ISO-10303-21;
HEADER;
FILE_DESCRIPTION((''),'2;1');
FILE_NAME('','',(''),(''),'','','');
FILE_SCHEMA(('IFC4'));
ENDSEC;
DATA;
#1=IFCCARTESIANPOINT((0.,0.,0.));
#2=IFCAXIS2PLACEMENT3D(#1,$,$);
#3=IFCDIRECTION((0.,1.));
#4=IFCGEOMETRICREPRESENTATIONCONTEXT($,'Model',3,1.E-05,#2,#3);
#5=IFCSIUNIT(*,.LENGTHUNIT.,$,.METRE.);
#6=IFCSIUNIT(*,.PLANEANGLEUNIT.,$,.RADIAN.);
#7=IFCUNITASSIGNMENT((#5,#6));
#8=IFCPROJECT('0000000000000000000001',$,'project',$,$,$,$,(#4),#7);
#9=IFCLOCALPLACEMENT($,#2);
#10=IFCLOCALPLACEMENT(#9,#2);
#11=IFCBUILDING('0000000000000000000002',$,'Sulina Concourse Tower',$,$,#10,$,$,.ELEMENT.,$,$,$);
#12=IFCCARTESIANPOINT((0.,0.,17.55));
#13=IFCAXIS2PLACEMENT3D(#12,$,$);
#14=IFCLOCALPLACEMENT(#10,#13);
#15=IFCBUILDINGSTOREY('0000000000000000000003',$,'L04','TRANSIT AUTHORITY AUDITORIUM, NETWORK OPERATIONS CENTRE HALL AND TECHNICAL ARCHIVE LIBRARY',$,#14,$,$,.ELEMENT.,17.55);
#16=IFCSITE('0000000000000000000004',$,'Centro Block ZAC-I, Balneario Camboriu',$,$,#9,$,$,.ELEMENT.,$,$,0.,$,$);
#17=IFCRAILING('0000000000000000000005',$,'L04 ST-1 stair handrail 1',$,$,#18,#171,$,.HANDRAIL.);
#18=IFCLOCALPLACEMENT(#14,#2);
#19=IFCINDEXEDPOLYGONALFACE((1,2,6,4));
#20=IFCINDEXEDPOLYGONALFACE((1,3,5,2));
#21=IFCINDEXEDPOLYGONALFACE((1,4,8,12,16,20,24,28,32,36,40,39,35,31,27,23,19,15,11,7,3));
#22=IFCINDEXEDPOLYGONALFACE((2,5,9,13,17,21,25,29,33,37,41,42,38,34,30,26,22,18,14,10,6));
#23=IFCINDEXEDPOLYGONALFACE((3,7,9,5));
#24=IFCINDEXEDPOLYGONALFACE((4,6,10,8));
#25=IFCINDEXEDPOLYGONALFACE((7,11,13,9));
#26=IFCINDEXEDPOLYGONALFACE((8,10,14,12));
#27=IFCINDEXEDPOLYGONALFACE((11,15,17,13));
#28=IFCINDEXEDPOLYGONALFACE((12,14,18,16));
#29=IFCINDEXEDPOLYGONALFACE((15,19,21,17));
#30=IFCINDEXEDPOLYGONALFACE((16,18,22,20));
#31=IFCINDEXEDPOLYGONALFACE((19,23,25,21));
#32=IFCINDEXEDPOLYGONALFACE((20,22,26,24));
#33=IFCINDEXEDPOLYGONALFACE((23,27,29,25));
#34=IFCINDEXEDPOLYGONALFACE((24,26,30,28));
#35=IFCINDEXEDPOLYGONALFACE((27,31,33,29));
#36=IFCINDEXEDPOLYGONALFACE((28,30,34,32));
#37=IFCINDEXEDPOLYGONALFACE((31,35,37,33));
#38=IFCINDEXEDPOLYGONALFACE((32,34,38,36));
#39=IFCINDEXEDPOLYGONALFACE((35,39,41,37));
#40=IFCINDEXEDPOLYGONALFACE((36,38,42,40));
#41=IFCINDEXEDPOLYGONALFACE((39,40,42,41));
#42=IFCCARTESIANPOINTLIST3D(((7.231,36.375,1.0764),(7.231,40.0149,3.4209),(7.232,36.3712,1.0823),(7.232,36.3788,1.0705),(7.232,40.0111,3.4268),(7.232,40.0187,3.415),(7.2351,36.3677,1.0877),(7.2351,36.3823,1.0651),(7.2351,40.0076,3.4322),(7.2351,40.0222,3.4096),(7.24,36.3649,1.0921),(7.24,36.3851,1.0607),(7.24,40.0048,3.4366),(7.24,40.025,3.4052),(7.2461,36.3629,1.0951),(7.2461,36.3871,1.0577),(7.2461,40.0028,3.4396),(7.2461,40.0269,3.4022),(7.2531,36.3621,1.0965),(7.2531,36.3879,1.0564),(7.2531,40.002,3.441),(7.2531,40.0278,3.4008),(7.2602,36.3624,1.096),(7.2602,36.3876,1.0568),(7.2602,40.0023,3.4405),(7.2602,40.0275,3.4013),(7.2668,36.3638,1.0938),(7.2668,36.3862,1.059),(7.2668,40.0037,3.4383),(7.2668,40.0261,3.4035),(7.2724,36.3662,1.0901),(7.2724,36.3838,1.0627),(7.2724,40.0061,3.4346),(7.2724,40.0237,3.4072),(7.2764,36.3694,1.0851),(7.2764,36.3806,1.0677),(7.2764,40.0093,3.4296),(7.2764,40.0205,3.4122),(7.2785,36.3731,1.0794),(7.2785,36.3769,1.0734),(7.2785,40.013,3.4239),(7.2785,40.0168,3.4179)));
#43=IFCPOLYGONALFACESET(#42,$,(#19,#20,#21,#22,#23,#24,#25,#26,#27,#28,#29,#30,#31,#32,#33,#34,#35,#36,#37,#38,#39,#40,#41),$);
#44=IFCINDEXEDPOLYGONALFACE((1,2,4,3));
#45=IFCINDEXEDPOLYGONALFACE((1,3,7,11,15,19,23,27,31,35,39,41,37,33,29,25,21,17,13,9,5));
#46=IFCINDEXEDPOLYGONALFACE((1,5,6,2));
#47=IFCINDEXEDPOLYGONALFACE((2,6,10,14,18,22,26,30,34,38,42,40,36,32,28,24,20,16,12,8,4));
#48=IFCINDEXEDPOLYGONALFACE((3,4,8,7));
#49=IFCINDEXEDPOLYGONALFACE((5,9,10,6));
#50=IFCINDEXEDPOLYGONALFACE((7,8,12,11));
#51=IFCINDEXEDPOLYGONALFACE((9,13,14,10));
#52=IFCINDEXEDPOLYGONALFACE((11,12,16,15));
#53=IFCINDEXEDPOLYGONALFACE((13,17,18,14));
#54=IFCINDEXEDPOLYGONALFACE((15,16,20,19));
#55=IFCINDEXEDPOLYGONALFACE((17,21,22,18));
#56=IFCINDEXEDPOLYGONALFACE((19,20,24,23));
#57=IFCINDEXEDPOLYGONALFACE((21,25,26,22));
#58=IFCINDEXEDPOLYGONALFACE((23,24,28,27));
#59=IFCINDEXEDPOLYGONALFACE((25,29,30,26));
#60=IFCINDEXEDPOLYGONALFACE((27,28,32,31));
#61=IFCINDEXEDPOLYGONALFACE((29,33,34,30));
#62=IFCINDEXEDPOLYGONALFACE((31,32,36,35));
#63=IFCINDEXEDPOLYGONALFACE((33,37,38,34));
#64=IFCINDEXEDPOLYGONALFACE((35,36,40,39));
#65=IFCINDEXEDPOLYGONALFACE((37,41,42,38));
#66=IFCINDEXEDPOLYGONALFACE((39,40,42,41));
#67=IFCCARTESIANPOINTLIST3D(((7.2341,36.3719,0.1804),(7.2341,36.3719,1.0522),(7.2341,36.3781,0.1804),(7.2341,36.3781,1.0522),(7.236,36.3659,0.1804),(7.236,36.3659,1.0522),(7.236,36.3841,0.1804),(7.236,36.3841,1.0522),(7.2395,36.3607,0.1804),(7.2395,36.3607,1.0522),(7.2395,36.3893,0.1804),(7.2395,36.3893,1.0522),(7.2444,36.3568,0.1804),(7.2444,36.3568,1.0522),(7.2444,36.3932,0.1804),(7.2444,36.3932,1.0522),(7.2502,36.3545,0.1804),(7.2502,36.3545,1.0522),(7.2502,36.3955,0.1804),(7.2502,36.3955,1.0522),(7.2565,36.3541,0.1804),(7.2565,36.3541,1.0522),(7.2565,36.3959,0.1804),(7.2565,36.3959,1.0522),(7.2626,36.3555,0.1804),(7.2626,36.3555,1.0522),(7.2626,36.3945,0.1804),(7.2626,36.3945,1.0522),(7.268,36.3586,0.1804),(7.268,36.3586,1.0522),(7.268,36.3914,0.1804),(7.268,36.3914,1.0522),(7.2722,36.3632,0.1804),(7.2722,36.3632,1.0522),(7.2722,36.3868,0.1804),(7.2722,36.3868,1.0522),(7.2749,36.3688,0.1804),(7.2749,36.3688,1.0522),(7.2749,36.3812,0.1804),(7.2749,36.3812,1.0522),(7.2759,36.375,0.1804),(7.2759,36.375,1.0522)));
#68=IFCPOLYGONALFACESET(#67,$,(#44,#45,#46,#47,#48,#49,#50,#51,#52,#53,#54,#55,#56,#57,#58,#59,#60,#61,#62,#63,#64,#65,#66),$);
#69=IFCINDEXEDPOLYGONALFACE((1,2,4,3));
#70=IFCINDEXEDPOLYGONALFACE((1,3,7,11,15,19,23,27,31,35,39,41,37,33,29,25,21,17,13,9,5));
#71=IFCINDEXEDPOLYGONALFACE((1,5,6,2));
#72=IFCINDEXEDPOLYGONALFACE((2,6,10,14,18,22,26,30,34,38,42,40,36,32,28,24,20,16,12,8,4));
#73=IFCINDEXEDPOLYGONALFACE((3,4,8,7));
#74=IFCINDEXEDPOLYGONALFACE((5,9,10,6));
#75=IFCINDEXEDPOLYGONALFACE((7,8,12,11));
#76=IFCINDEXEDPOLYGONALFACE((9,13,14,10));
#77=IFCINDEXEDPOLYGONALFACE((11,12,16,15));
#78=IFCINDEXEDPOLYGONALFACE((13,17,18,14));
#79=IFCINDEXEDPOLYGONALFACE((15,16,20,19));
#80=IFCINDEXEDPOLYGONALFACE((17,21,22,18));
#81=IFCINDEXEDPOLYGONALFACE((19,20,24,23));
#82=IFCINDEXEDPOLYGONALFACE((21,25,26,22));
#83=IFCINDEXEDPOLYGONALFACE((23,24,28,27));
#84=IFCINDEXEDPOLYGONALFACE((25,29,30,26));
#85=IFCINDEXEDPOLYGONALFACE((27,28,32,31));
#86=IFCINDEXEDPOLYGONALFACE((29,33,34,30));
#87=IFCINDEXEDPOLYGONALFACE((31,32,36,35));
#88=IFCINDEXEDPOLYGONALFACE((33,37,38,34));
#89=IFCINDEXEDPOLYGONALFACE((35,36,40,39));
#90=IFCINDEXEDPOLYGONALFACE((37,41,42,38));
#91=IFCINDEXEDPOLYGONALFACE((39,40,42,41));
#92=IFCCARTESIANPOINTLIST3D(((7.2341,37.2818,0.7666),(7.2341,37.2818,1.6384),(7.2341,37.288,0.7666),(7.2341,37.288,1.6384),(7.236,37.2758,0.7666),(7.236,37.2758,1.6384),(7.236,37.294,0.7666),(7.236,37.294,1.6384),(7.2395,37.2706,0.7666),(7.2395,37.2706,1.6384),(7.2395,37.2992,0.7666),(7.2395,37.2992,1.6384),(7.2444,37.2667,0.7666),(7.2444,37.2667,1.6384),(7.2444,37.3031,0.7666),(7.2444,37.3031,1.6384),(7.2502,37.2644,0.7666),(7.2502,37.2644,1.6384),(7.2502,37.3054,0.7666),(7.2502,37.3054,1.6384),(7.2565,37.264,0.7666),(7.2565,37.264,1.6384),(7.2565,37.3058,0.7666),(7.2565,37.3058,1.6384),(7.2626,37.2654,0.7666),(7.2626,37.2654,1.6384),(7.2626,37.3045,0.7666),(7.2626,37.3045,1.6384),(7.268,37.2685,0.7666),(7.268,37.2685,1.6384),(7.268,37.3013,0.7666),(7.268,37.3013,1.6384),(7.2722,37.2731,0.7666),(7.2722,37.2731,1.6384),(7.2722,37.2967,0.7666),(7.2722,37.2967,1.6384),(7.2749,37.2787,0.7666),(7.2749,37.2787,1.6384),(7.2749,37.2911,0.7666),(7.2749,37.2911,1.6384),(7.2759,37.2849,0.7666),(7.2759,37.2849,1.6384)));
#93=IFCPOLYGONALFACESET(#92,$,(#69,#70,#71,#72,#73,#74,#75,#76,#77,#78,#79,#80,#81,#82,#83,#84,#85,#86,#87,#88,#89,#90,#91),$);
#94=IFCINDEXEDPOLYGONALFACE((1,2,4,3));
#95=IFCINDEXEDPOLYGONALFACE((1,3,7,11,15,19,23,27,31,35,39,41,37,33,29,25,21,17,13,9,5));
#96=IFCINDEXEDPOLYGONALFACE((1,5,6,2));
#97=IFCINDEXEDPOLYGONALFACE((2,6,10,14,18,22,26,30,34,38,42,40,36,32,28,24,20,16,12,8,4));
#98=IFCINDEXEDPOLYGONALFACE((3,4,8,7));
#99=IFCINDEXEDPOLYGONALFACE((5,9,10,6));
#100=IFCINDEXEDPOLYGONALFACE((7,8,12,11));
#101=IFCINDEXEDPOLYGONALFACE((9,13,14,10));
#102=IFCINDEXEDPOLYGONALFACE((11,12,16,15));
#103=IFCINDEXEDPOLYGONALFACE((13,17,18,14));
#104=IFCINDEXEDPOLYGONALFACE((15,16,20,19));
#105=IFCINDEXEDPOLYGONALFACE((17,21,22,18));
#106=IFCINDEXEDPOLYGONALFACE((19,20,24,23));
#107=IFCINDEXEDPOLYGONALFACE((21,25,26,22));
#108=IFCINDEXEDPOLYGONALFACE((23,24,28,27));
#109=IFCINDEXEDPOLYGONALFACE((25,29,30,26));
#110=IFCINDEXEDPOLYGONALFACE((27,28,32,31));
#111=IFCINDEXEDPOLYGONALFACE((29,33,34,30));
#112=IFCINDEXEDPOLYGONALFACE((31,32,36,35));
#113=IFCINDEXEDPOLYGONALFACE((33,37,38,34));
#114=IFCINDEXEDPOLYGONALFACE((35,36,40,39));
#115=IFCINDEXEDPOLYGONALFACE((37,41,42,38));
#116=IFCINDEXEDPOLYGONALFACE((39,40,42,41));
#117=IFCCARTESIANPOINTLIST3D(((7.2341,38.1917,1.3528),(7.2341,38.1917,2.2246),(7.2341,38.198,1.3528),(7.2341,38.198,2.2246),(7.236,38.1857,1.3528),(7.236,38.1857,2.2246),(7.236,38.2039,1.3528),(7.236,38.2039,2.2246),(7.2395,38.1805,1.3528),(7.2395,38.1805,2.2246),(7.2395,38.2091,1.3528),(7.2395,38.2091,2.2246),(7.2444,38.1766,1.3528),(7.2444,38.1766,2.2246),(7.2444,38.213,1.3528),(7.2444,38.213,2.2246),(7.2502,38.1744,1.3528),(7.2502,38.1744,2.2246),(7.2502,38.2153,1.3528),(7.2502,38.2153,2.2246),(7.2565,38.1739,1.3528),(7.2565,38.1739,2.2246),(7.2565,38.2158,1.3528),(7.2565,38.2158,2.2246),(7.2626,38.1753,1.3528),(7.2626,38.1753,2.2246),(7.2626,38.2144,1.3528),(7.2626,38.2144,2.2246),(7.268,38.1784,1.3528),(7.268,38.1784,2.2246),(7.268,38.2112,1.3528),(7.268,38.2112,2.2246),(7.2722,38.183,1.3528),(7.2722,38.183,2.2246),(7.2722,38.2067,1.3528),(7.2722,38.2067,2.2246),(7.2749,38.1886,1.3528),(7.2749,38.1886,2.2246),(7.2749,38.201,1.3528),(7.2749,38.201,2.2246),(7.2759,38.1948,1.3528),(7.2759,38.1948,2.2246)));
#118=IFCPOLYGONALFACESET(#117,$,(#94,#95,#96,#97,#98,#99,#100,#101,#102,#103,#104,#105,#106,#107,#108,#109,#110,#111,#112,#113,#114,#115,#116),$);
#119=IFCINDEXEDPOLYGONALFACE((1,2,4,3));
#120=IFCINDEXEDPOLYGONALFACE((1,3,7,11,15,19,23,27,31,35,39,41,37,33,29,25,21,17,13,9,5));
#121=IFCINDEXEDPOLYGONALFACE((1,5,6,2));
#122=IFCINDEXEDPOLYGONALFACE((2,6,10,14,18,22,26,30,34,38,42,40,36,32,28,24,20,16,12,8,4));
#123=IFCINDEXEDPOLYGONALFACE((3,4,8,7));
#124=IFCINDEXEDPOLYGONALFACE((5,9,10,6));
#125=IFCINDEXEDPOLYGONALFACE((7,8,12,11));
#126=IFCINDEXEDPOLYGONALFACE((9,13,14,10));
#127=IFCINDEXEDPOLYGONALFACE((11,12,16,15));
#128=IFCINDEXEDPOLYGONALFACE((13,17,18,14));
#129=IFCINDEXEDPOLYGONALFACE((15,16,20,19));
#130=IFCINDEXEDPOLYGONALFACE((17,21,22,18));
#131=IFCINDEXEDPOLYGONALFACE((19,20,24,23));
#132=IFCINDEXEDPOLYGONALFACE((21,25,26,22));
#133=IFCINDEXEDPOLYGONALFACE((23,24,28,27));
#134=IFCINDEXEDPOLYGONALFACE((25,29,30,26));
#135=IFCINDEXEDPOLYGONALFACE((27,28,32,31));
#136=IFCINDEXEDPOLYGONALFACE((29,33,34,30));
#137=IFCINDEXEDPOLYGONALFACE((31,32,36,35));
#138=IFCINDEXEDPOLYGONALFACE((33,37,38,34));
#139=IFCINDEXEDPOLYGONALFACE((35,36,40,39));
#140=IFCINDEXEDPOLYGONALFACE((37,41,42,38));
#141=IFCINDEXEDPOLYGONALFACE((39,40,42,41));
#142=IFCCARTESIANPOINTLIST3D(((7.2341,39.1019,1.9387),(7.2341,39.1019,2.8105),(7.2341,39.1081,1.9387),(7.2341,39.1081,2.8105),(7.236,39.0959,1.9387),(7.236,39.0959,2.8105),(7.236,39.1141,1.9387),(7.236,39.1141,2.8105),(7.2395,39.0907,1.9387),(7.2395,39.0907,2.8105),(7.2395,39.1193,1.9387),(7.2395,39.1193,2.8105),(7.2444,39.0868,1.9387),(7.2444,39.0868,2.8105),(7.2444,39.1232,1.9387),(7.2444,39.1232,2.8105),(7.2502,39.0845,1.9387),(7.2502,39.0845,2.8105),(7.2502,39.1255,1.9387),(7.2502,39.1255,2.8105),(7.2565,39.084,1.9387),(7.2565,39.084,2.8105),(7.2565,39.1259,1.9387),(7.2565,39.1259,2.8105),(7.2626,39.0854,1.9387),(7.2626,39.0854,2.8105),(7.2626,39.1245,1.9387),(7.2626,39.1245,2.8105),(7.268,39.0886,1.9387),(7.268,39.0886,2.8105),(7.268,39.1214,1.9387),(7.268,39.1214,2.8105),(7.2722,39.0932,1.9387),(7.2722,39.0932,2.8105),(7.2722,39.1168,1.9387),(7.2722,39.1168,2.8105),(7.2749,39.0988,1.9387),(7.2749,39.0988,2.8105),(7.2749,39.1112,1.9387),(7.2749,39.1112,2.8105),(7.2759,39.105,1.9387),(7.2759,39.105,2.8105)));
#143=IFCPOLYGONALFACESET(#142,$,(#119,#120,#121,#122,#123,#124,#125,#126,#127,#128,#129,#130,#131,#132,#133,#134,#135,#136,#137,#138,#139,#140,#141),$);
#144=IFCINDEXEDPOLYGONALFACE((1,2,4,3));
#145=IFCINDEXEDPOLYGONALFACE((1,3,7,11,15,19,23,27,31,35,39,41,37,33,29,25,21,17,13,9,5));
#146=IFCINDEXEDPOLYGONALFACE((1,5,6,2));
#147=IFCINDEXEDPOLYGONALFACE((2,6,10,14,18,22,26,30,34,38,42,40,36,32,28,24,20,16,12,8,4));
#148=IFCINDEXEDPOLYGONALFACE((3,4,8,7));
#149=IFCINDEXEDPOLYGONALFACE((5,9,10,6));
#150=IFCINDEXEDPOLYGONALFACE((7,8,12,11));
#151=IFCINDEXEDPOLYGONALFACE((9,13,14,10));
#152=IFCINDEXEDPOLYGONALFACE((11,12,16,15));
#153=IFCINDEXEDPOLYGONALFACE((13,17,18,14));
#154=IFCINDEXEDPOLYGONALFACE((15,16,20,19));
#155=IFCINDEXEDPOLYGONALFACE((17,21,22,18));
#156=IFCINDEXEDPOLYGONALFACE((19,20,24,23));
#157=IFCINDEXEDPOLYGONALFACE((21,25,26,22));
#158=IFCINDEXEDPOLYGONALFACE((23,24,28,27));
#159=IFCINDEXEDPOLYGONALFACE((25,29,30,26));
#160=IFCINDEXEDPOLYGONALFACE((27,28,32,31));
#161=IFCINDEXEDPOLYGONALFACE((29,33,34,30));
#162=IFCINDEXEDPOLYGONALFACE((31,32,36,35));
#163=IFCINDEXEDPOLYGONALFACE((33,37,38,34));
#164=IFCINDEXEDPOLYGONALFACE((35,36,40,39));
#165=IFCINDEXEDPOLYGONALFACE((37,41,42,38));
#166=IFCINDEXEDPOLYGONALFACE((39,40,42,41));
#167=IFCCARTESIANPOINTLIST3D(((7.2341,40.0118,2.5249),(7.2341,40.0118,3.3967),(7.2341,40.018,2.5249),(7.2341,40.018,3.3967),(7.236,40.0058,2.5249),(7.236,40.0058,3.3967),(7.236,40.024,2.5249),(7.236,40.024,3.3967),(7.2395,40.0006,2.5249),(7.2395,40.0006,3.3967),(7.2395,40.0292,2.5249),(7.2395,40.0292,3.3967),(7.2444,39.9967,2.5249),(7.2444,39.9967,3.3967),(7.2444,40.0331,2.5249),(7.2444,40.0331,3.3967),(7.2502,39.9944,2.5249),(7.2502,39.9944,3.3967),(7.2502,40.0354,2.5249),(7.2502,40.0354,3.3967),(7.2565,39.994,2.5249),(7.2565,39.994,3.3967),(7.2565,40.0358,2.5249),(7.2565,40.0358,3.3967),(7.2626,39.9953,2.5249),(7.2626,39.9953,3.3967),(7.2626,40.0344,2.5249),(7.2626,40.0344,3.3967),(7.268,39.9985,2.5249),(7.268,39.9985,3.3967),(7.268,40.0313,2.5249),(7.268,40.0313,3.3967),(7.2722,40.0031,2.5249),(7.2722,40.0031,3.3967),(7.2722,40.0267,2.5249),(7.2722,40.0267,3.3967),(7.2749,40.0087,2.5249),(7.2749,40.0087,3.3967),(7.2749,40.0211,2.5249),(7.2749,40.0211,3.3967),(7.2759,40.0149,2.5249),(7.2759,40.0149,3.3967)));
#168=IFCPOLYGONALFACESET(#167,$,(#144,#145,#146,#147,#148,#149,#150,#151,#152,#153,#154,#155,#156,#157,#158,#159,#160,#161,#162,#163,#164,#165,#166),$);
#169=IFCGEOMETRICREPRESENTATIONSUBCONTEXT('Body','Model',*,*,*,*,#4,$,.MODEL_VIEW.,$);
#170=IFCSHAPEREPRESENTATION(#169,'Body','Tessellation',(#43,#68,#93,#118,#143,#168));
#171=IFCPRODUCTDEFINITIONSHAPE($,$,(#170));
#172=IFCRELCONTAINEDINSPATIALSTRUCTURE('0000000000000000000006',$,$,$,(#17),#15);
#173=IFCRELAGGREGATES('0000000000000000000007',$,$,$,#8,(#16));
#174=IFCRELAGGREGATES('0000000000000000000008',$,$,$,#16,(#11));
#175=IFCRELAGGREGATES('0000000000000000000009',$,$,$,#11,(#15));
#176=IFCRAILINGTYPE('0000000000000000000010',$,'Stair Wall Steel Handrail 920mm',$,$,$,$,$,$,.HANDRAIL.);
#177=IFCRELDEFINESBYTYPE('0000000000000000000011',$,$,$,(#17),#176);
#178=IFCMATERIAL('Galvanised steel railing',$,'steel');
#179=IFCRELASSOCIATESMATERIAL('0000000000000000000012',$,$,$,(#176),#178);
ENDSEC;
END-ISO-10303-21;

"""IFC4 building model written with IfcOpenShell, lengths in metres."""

from ifc_helpers import new_model, si_unit, direction, frame, origin, origin_2d, place, context, subcontext, project, spatial, circle, extrude, material, type_object, element, save


model = new_model("IFC4")

# Units and contexts
model_context = context("Model", 3, precision=1e-05, world=origin(), true_north=direction((0.0, 1.0)))
body_context = subcontext(model_context, "Body", "Model", "MODEL_VIEW")
ifc_project = project(units=[si_unit("LENGTHUNIT", "METRE"), si_unit("PLANEANGLEUNIT", "RADIAN")], contexts=[model_context])

# Site, building, storey
site_placement = place(None, origin())
site = spatial("IfcSite", under=ifc_project, at=site_placement, Name="Centro Block ZAC-I, Balneario Camboriu", CompositionType="ELEMENT", RefElevation=0.0)
building_placement = place(site_placement, origin())
building = spatial("IfcBuilding", under=site, at=building_placement, Name="Sulina Concourse Tower", CompositionType="ELEMENT")
storey_placement = place(building_placement, frame((0.0, 0.0, 17.55)))
storey = spatial("IfcBuildingStorey", under=building, at=storey_placement, Name="L04", Description="TRANSIT AUTHORITY AUDITORIUM, NETWORK OPERATIONS CENTRE HALL AND TECHNICAL ARCHIVE LIBRARY", CompositionType="ELEMENT", Elevation=17.55)

# Railing
ifc_material_1 = material(Name="Galvanised steel railing", Category="steel")
railing_type_1 = type_object("IfcRailingType", Name="Stair Wall Steel Handrail 920mm", PredefinedType="HANDRAIL", material=ifc_material_1)
railing_1_placement = place(storey_placement, frame((7.2549, 36.375, 0.1804)))
element("IfcRailing", 1, at=railing_1_placement, inside=storey, type_object=railing_type_1, Name="L04 ST-1 stair handrail 1", PredefinedType="HANDRAIL", context=body_context, shape_type="SweptSolid", body=[
    extrude(circle(Radius=0.0239, at=origin_2d()), frame((0.0, 0.0, 0.896), z_axis=(0.0, 0.8407, 0.541501), x_axis=(-1.0, 0.0, 0.0)), (0.0, 0.0, 1.0), 4.3296),
    extrude(circle(Radius=0.021, at=origin_2d()), origin(), (0.0, 0.0, 1.0), 0.8718),
    extrude(circle(Radius=0.021, at=origin_2d()), frame((0.0, 0.9099, 0.5862)), (0.0, 0.0, 1.0), 0.8718),
    extrude(circle(Radius=0.021, at=origin_2d()), frame((0.0, 1.8198, 1.1724)), (0.0, 0.0, 1.0), 0.8718),
    extrude(circle(Radius=0.021, at=origin_2d()), frame((0.0, 2.73, 1.7583)), (0.0, 0.0, 1.0), 0.8718),
    extrude(circle(Radius=0.021, at=origin_2d()), frame((0.0, 3.6399, 2.3445)), (0.0, 0.0, 1.0), 0.8718),
])

save(model, "model.ifc")
